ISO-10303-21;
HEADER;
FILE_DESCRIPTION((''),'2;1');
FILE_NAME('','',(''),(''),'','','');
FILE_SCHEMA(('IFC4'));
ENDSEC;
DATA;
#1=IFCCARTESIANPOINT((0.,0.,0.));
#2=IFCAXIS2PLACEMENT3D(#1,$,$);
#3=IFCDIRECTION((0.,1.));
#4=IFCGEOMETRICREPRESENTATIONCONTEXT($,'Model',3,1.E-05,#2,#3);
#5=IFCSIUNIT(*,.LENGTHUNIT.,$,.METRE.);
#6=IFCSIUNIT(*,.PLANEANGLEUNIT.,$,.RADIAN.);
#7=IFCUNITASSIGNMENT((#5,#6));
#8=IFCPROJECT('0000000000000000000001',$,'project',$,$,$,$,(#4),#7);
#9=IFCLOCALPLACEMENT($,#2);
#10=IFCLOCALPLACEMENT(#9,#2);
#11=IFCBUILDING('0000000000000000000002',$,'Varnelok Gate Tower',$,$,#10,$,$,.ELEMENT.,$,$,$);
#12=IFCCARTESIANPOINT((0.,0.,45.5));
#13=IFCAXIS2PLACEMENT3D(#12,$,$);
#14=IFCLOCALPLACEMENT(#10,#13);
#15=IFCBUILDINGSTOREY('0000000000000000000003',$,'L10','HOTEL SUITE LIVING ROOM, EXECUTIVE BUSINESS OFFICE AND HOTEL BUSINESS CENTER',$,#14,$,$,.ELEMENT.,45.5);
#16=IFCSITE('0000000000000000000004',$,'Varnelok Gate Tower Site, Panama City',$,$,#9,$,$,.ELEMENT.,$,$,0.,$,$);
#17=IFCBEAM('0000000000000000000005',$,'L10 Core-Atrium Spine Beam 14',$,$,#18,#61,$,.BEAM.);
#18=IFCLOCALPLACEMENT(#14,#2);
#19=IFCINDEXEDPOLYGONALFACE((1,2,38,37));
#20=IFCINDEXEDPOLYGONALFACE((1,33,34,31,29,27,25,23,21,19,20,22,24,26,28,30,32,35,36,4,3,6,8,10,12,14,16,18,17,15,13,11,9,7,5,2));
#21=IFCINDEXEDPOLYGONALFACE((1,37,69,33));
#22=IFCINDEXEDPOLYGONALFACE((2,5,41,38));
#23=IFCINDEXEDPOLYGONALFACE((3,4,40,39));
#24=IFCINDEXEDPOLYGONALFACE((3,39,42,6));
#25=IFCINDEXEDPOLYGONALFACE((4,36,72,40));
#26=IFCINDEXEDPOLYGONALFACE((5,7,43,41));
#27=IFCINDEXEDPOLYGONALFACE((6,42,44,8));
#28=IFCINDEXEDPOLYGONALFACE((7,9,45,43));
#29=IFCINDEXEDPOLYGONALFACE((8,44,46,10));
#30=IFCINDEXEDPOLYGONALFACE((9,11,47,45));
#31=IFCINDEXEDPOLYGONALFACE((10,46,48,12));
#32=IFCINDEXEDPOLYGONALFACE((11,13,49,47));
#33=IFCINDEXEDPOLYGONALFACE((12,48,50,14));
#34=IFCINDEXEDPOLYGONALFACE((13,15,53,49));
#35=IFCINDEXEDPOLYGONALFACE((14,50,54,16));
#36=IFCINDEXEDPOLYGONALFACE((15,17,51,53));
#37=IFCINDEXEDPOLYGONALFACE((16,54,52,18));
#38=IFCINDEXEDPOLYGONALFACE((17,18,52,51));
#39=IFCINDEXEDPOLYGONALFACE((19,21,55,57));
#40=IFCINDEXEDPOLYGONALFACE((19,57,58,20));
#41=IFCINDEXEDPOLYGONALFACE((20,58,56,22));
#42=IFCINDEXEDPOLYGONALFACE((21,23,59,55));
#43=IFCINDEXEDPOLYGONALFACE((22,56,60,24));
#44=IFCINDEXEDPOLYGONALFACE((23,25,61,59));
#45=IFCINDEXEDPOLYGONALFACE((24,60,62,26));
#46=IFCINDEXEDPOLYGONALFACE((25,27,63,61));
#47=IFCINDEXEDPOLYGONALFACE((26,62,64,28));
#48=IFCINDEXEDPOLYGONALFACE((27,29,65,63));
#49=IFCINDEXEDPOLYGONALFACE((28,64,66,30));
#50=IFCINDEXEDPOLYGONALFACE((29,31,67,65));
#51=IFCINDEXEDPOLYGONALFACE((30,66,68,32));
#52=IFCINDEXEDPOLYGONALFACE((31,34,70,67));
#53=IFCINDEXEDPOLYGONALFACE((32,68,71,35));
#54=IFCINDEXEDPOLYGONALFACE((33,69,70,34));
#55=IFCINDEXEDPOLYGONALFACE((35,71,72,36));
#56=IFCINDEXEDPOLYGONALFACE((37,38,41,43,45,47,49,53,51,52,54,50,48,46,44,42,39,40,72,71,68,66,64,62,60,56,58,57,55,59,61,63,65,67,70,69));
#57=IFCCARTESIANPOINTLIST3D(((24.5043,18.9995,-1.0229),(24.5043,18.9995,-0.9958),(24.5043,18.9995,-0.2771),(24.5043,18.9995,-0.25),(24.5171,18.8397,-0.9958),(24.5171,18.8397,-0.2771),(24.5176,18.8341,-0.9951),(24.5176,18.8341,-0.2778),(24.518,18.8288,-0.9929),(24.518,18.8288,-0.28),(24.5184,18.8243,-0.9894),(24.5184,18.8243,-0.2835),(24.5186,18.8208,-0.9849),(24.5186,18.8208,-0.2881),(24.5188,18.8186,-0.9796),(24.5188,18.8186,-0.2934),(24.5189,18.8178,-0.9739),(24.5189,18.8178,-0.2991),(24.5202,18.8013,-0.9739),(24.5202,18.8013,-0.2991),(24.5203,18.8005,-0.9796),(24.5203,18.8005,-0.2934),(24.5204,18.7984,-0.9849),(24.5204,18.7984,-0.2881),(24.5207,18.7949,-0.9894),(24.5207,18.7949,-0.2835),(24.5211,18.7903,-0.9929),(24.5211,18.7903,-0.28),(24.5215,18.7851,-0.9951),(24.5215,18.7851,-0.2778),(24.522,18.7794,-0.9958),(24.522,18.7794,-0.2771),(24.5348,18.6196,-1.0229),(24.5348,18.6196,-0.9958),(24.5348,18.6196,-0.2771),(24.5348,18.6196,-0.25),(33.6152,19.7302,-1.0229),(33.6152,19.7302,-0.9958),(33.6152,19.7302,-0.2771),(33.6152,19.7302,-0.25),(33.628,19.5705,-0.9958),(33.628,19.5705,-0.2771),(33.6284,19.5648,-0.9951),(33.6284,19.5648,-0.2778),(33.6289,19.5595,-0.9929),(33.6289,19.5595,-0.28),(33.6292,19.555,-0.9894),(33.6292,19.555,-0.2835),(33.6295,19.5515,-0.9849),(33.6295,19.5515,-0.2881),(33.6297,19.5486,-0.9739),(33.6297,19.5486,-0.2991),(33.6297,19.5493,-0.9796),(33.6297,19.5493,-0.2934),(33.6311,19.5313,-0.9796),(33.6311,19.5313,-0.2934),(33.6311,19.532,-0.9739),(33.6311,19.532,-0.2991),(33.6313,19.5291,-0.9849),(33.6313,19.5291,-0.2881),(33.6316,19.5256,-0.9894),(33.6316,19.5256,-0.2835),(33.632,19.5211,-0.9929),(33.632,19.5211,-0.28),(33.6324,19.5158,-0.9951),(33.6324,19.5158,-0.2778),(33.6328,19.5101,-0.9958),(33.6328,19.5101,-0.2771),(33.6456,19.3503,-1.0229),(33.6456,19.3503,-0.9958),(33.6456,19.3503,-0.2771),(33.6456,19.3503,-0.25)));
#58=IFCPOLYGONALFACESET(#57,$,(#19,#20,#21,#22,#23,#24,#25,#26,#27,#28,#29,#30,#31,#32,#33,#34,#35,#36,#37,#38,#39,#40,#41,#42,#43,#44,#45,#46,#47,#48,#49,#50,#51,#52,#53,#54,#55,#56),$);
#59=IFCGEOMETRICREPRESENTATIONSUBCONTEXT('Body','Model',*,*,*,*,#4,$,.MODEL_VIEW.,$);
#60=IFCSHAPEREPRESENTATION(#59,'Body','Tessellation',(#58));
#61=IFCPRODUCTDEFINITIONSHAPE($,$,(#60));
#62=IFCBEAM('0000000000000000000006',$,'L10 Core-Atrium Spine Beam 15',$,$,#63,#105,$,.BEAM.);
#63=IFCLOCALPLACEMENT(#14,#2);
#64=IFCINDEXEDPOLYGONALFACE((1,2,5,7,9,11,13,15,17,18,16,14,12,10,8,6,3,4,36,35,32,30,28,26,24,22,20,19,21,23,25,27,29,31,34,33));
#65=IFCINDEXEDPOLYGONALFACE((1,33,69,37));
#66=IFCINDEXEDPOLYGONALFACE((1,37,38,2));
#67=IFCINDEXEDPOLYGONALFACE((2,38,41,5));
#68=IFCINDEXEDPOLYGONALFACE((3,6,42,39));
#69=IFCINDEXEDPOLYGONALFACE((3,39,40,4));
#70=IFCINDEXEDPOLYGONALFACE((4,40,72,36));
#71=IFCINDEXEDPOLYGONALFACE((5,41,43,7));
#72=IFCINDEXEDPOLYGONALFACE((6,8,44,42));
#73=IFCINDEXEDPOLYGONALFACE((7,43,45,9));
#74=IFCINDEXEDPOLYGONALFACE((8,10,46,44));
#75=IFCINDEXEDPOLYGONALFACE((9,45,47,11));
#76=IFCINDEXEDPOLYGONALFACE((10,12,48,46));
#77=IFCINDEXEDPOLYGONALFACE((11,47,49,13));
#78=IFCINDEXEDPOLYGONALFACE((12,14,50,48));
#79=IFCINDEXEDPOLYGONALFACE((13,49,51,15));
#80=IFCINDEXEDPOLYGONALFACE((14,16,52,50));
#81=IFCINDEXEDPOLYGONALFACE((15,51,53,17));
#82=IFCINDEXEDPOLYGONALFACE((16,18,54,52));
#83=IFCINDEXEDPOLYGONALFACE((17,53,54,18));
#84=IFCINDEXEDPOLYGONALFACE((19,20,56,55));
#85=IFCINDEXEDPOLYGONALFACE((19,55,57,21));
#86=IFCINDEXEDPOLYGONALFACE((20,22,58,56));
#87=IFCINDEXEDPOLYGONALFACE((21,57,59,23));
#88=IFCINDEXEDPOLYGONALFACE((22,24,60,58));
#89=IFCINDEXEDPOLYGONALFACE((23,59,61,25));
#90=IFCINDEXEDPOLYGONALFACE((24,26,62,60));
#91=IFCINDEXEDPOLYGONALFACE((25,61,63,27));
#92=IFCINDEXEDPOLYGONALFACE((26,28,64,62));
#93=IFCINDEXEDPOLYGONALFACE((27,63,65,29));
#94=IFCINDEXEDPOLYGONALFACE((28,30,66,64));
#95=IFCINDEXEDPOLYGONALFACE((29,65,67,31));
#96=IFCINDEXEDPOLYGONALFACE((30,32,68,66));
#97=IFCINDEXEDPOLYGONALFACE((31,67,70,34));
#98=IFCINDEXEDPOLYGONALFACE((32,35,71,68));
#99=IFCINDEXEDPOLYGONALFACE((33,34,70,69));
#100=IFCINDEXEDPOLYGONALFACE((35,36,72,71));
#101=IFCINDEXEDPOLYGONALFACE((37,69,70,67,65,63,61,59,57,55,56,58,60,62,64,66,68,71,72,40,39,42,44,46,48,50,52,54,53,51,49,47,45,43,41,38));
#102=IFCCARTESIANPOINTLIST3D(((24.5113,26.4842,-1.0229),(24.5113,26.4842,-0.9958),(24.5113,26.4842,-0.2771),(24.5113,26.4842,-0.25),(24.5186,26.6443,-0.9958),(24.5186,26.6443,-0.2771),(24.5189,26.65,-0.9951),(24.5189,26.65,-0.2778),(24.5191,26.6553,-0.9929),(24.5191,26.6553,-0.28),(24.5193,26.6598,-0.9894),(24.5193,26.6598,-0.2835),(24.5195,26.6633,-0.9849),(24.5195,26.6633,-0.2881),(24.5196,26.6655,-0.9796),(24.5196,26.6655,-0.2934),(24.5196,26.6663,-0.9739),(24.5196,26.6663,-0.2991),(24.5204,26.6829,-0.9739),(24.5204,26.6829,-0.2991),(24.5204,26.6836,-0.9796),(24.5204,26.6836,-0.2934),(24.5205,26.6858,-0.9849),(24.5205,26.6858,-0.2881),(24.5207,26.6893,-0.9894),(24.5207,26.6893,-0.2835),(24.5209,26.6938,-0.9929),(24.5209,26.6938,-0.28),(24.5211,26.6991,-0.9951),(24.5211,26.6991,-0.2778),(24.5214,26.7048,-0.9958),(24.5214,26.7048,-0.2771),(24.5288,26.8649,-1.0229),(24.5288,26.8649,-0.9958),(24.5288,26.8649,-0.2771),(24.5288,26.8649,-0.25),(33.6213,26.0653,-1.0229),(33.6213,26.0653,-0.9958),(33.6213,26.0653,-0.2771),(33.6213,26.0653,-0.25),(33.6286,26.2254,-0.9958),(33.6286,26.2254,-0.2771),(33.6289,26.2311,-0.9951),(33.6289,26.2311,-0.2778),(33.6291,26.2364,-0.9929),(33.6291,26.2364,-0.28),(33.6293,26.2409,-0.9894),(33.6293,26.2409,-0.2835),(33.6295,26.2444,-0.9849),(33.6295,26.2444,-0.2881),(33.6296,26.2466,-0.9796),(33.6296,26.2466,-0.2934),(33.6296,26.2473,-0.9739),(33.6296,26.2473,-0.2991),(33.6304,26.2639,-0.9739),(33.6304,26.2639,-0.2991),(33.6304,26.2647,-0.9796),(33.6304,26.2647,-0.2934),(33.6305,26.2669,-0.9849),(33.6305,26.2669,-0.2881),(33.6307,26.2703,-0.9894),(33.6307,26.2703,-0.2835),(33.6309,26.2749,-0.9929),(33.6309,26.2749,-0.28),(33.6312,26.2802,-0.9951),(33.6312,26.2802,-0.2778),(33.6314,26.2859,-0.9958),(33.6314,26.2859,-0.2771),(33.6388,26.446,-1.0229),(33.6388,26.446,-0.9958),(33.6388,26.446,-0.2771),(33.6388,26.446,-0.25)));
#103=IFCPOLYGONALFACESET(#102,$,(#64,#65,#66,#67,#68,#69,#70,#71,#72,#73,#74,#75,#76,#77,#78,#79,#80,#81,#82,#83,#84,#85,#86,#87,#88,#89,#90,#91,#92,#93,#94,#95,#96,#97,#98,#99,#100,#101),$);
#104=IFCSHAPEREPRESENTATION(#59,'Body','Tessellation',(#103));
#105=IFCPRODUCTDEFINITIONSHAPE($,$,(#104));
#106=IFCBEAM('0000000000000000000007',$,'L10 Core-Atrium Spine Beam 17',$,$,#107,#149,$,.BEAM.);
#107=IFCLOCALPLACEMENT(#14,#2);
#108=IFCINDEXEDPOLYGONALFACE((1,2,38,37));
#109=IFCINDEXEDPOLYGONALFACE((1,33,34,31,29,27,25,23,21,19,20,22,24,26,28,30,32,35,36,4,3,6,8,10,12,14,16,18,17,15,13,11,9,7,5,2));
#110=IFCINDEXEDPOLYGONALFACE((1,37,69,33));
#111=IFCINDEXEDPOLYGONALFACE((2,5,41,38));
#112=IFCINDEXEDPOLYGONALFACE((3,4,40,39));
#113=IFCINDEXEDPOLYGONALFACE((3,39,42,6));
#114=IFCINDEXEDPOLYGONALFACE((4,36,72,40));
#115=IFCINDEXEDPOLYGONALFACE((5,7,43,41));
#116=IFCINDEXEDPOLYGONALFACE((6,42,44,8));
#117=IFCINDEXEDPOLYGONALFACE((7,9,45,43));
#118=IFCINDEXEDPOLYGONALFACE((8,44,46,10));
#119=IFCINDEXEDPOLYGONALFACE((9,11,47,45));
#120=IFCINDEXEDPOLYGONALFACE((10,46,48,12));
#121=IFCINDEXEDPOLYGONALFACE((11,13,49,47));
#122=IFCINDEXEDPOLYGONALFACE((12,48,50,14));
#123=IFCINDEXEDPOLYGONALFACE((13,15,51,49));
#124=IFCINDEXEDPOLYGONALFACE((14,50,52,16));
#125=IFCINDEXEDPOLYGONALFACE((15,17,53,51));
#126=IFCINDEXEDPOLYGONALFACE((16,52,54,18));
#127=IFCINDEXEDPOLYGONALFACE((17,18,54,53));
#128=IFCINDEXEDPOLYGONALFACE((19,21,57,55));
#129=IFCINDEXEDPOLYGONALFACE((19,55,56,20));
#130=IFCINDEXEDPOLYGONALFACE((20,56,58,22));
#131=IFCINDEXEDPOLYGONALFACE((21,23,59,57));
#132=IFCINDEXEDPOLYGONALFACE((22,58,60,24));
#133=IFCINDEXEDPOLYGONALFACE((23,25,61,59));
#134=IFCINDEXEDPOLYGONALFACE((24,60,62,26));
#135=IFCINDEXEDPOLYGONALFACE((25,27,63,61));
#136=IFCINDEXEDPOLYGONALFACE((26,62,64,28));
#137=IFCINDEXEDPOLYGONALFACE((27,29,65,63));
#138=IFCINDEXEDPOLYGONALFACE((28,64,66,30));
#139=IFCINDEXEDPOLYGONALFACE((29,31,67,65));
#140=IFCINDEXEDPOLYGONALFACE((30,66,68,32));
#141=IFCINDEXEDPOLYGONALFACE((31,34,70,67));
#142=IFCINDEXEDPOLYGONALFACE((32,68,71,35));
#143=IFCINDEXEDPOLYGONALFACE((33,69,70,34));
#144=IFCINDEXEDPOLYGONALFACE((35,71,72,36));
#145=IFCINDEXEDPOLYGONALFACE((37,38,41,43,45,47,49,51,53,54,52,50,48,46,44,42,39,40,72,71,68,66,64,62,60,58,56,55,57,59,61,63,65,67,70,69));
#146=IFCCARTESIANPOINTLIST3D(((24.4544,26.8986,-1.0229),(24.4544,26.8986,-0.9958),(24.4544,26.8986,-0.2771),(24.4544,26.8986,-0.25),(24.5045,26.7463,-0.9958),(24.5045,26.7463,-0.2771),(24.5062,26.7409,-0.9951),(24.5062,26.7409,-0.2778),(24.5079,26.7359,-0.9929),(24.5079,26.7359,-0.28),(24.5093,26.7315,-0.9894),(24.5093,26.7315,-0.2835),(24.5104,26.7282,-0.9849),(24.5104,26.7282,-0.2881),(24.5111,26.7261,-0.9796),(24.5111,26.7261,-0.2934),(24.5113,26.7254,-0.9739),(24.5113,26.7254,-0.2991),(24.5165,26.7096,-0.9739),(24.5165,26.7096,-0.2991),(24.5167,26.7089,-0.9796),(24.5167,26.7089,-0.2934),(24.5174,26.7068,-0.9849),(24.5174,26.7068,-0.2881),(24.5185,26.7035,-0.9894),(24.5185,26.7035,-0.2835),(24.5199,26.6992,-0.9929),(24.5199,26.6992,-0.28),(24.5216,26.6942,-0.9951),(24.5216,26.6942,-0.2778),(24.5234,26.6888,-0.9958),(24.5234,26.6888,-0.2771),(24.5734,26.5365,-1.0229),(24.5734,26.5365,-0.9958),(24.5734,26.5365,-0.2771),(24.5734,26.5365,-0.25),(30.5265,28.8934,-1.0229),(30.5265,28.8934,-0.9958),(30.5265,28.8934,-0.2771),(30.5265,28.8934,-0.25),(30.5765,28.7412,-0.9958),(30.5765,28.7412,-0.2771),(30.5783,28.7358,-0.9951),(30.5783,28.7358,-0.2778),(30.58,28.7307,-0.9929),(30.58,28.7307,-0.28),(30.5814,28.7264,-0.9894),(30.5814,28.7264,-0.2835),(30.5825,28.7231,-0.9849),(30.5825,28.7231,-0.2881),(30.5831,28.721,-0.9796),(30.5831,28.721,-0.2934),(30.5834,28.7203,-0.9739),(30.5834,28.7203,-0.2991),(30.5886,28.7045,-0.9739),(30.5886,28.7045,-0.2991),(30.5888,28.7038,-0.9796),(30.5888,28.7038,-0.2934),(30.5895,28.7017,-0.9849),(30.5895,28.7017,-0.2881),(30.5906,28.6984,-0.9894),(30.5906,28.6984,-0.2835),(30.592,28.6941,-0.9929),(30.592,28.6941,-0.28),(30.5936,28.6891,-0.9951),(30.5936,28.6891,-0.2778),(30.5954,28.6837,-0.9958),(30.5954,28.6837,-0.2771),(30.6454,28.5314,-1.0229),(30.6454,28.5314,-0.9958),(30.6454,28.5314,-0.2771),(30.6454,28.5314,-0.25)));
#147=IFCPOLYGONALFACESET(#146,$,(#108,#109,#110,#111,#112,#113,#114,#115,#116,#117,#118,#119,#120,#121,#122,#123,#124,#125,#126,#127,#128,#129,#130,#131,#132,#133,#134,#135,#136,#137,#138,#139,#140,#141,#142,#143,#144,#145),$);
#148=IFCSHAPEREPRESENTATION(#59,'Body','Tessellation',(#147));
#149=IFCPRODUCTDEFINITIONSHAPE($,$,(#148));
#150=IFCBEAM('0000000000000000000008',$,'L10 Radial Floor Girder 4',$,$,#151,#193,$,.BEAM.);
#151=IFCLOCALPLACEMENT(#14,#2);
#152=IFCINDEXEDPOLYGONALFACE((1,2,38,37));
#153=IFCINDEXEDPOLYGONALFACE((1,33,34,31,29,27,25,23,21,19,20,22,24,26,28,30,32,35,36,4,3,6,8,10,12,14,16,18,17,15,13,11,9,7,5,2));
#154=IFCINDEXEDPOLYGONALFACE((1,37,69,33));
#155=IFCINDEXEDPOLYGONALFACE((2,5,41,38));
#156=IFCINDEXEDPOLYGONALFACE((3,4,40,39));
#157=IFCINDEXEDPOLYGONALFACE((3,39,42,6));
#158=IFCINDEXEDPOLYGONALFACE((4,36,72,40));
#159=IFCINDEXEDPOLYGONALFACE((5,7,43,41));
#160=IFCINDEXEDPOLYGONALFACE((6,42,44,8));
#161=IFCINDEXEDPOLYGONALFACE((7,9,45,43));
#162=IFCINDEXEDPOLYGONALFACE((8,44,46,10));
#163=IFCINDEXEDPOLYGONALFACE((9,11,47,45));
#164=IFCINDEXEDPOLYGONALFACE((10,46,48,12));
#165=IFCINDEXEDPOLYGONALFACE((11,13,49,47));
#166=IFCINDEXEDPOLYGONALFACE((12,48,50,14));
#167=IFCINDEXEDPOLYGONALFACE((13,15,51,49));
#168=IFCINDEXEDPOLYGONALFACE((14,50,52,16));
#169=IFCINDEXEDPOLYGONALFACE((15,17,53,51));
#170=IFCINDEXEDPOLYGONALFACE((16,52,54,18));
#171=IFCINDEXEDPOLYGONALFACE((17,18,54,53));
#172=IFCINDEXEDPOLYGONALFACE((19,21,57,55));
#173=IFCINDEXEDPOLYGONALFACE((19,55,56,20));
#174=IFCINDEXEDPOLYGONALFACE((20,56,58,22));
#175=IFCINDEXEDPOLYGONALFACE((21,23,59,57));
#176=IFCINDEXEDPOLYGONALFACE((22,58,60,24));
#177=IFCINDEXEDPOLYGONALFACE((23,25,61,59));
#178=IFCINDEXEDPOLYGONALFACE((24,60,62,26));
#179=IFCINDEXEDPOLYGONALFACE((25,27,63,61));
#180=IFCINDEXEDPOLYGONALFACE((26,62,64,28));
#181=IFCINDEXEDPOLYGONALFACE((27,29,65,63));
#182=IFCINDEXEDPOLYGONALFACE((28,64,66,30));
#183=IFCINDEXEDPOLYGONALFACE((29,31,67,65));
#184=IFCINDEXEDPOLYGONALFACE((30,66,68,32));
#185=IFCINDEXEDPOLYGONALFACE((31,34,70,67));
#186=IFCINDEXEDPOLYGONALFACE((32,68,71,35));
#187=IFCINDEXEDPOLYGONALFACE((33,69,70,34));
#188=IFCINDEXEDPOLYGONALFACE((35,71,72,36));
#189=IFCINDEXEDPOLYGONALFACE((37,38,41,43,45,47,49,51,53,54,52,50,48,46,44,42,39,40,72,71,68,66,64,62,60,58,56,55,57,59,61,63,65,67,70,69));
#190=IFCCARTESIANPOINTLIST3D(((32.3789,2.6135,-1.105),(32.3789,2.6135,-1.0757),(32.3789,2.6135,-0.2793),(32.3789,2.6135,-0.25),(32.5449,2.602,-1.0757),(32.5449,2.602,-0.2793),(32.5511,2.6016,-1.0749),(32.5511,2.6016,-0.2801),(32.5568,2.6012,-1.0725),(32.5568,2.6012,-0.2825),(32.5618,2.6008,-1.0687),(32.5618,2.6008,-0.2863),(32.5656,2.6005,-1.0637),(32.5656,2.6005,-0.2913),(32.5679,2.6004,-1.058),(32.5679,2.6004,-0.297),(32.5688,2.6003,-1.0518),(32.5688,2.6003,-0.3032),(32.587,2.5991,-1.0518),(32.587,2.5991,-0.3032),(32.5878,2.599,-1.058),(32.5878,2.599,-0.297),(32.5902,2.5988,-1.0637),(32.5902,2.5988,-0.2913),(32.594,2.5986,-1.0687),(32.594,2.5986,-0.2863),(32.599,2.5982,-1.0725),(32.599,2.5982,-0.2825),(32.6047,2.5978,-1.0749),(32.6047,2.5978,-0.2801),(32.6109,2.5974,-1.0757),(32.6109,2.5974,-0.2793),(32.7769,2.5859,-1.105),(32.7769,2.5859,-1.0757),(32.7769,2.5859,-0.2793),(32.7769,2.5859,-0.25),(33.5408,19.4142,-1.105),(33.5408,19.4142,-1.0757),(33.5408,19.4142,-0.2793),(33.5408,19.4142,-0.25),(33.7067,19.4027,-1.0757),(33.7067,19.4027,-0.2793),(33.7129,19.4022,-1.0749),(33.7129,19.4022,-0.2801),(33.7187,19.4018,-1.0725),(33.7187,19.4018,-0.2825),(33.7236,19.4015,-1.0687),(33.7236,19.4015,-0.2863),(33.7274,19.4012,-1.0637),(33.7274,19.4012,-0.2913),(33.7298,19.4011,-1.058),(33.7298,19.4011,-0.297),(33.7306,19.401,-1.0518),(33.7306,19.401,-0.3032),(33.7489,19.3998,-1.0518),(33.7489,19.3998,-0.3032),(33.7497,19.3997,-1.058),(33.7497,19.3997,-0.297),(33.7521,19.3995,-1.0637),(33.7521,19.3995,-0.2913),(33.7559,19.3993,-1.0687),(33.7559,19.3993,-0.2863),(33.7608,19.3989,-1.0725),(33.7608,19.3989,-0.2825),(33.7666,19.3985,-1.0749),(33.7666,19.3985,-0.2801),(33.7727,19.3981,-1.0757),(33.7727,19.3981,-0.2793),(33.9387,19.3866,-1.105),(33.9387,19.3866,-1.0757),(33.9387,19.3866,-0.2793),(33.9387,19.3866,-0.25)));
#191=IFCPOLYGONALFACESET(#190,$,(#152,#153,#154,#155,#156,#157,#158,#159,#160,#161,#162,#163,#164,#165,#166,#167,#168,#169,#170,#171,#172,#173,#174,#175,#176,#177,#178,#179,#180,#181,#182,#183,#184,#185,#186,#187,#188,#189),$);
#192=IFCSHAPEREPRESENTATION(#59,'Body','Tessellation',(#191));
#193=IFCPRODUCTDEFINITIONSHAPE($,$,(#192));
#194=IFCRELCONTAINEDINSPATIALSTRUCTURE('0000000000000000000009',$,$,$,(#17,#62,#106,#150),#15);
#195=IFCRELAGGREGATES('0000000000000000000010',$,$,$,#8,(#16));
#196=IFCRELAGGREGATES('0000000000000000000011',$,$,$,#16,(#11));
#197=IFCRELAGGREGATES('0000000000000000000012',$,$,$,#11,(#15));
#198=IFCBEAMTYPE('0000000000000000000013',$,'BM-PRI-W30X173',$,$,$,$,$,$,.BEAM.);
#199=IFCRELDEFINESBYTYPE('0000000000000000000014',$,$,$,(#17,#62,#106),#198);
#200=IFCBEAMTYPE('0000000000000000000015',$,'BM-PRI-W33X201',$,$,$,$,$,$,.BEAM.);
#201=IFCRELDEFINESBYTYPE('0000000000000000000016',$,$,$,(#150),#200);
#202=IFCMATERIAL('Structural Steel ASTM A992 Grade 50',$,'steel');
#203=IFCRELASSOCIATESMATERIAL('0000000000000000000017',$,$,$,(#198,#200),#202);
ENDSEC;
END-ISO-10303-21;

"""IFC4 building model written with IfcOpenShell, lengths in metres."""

from ifc_helpers import new_model, si_unit, direction, frame, origin, origin_2d, place, context, subcontext, project, spatial, i_section, extrude, material, material_profile, profile_set, type_object, element, save


model = new_model("IFC4")

# Units and contexts
model_context = context("Model", 3, precision=1e-05, world=origin(), true_north=direction((0.0, 1.0)))
body_context = subcontext(model_context, "Body", "Model", "MODEL_VIEW")
ifc_project = project(units=[si_unit("LENGTHUNIT", "METRE"), si_unit("PLANEANGLEUNIT", "RADIAN")], contexts=[model_context])

# Site, building, storey
site_placement = place(None, origin())
site = spatial("IfcSite", under=ifc_project, at=site_placement, Name="Varnelok Gate Tower Site, Panama City", CompositionType="ELEMENT", RefElevation=0.0)
building_placement = place(site_placement, origin())
building = spatial("IfcBuilding", under=site, at=building_placement, Name="Varnelok Gate Tower", CompositionType="ELEMENT")
storey_placement = place(building_placement, frame((0.0, 0.0, 45.5)))
storey = spatial("IfcBuildingStorey", under=building, at=storey_placement, Name="L10", Description="HOTEL SUITE LIVING ROOM, EXECUTIVE BUSINESS OFFICE AND HOTEL BUSINESS CENTER", CompositionType="ELEMENT", Elevation=45.5)

# Shared definitions
ifc_material_1 = material(Name="Structural Steel ASTM A992 Grade 50", Category="steel")

# Beams
ifc_material_profile_1 = material_profile(ifc_material_1, i_section(OverallWidth=0.3811, OverallDepth=0.7729, WebThickness=0.0166, FlangeThickness=0.0271, FilletRadius=0.022, at=origin_2d()), Name="W30X173")
ifc_profile_set_1 = profile_set([ifc_material_profile_1], Name="Structural Steel ASTM A992 Grade 50")
beam_type_1 = type_object("IfcBeamType", Name="BM-PRI-W30X173", PredefinedType="BEAM", material=ifc_profile_set_1)
beam_1_placement = place(storey_placement, frame((24.5195, 18.8096, -0.6365), z_axis=(0.996799, 0.079946, 0.0), x_axis=(-0.079946, 0.996799, 0.0)))
element("IfcBeam", 1, at=beam_1_placement, inside=storey, type_object=beam_type_1, Name="L10 Core-Atrium Spine Beam 14", PredefinedType="BEAM", context=body_context, shape_type="SweptSolid", body=[
    extrude(i_section(OverallWidth=0.3811, OverallDepth=0.7729, WebThickness=0.0166, FlangeThickness=0.0271, FilletRadius=0.022, at=origin_2d()), origin(), (0.0, 0.0, 1.0), 9.1401),
])
beam_2_placement = place(storey_placement, frame((24.52, 26.6746, -0.6365), z_axis=(0.998944, -0.045938, 0.0), x_axis=(0.045938, 0.998944, 0.0)))
element("IfcBeam", 2, at=beam_2_placement, inside=storey, type_object=beam_type_1, Name="L10 Core-Atrium Spine Beam 15", PredefinedType="BEAM", context=body_context, shape_type="SweptSolid", body=[
    extrude(i_section(OverallWidth=0.3811, OverallDepth=0.7729, WebThickness=0.0166, FlangeThickness=0.0271, FilletRadius=0.022, at=origin_2d()), origin(), (0.0, 0.0, 1.0), 9.1196),
])
beam_3_placement = place(storey_placement, frame((24.5139, 26.7175, -0.6365), z_axis=(0.950042, 0.312122, 0.0), x_axis=(-0.312122, 0.950042, 0.0)))
element("IfcBeam", 3, at=beam_3_placement, inside=storey, type_object=beam_type_1, Name="L10 Core-Atrium Spine Beam 17", PredefinedType="BEAM", context=body_context, shape_type="SweptSolid", body=[
    extrude(i_section(OverallWidth=0.3811, OverallDepth=0.7729, WebThickness=0.0166, FlangeThickness=0.0271, FilletRadius=0.022, at=origin_2d()), origin(), (0.0, 0.0, 1.0), 6.3914),
])
ifc_material_profile_2 = material_profile(ifc_material_1, i_section(OverallWidth=0.3989, OverallDepth=0.855, WebThickness=0.0183, FlangeThickness=0.0293, FilletRadius=0.0239, at=origin_2d()), Name="W33X201")
ifc_profile_set_2 = profile_set([ifc_material_profile_2], Name="Structural Steel ASTM A992 Grade 50")
beam_type_2 = type_object("IfcBeamType", Name="BM-PRI-W33X201", PredefinedType="BEAM", material=ifc_profile_set_2)
beam_4_placement = place(storey_placement, frame((33.7397, 19.4004, -0.6775), z_axis=(-0.068991, -0.997617, 0.0), x_axis=(0.997617, -0.068991, 0.0)))
element("IfcBeam", 4, at=beam_4_placement, inside=storey, type_object=beam_type_2, Name="L10 Radial Floor Girder 4", PredefinedType="BEAM", context=body_context, shape_type="SweptSolid", body=[
    extrude(i_section(OverallWidth=0.3989, OverallDepth=0.855, WebThickness=0.0183, FlangeThickness=0.0293, FilletRadius=0.0239, at=origin_2d()), origin(), (0.0, 0.0, 1.0), 16.8408),
])

save(model, "model.ifc")
